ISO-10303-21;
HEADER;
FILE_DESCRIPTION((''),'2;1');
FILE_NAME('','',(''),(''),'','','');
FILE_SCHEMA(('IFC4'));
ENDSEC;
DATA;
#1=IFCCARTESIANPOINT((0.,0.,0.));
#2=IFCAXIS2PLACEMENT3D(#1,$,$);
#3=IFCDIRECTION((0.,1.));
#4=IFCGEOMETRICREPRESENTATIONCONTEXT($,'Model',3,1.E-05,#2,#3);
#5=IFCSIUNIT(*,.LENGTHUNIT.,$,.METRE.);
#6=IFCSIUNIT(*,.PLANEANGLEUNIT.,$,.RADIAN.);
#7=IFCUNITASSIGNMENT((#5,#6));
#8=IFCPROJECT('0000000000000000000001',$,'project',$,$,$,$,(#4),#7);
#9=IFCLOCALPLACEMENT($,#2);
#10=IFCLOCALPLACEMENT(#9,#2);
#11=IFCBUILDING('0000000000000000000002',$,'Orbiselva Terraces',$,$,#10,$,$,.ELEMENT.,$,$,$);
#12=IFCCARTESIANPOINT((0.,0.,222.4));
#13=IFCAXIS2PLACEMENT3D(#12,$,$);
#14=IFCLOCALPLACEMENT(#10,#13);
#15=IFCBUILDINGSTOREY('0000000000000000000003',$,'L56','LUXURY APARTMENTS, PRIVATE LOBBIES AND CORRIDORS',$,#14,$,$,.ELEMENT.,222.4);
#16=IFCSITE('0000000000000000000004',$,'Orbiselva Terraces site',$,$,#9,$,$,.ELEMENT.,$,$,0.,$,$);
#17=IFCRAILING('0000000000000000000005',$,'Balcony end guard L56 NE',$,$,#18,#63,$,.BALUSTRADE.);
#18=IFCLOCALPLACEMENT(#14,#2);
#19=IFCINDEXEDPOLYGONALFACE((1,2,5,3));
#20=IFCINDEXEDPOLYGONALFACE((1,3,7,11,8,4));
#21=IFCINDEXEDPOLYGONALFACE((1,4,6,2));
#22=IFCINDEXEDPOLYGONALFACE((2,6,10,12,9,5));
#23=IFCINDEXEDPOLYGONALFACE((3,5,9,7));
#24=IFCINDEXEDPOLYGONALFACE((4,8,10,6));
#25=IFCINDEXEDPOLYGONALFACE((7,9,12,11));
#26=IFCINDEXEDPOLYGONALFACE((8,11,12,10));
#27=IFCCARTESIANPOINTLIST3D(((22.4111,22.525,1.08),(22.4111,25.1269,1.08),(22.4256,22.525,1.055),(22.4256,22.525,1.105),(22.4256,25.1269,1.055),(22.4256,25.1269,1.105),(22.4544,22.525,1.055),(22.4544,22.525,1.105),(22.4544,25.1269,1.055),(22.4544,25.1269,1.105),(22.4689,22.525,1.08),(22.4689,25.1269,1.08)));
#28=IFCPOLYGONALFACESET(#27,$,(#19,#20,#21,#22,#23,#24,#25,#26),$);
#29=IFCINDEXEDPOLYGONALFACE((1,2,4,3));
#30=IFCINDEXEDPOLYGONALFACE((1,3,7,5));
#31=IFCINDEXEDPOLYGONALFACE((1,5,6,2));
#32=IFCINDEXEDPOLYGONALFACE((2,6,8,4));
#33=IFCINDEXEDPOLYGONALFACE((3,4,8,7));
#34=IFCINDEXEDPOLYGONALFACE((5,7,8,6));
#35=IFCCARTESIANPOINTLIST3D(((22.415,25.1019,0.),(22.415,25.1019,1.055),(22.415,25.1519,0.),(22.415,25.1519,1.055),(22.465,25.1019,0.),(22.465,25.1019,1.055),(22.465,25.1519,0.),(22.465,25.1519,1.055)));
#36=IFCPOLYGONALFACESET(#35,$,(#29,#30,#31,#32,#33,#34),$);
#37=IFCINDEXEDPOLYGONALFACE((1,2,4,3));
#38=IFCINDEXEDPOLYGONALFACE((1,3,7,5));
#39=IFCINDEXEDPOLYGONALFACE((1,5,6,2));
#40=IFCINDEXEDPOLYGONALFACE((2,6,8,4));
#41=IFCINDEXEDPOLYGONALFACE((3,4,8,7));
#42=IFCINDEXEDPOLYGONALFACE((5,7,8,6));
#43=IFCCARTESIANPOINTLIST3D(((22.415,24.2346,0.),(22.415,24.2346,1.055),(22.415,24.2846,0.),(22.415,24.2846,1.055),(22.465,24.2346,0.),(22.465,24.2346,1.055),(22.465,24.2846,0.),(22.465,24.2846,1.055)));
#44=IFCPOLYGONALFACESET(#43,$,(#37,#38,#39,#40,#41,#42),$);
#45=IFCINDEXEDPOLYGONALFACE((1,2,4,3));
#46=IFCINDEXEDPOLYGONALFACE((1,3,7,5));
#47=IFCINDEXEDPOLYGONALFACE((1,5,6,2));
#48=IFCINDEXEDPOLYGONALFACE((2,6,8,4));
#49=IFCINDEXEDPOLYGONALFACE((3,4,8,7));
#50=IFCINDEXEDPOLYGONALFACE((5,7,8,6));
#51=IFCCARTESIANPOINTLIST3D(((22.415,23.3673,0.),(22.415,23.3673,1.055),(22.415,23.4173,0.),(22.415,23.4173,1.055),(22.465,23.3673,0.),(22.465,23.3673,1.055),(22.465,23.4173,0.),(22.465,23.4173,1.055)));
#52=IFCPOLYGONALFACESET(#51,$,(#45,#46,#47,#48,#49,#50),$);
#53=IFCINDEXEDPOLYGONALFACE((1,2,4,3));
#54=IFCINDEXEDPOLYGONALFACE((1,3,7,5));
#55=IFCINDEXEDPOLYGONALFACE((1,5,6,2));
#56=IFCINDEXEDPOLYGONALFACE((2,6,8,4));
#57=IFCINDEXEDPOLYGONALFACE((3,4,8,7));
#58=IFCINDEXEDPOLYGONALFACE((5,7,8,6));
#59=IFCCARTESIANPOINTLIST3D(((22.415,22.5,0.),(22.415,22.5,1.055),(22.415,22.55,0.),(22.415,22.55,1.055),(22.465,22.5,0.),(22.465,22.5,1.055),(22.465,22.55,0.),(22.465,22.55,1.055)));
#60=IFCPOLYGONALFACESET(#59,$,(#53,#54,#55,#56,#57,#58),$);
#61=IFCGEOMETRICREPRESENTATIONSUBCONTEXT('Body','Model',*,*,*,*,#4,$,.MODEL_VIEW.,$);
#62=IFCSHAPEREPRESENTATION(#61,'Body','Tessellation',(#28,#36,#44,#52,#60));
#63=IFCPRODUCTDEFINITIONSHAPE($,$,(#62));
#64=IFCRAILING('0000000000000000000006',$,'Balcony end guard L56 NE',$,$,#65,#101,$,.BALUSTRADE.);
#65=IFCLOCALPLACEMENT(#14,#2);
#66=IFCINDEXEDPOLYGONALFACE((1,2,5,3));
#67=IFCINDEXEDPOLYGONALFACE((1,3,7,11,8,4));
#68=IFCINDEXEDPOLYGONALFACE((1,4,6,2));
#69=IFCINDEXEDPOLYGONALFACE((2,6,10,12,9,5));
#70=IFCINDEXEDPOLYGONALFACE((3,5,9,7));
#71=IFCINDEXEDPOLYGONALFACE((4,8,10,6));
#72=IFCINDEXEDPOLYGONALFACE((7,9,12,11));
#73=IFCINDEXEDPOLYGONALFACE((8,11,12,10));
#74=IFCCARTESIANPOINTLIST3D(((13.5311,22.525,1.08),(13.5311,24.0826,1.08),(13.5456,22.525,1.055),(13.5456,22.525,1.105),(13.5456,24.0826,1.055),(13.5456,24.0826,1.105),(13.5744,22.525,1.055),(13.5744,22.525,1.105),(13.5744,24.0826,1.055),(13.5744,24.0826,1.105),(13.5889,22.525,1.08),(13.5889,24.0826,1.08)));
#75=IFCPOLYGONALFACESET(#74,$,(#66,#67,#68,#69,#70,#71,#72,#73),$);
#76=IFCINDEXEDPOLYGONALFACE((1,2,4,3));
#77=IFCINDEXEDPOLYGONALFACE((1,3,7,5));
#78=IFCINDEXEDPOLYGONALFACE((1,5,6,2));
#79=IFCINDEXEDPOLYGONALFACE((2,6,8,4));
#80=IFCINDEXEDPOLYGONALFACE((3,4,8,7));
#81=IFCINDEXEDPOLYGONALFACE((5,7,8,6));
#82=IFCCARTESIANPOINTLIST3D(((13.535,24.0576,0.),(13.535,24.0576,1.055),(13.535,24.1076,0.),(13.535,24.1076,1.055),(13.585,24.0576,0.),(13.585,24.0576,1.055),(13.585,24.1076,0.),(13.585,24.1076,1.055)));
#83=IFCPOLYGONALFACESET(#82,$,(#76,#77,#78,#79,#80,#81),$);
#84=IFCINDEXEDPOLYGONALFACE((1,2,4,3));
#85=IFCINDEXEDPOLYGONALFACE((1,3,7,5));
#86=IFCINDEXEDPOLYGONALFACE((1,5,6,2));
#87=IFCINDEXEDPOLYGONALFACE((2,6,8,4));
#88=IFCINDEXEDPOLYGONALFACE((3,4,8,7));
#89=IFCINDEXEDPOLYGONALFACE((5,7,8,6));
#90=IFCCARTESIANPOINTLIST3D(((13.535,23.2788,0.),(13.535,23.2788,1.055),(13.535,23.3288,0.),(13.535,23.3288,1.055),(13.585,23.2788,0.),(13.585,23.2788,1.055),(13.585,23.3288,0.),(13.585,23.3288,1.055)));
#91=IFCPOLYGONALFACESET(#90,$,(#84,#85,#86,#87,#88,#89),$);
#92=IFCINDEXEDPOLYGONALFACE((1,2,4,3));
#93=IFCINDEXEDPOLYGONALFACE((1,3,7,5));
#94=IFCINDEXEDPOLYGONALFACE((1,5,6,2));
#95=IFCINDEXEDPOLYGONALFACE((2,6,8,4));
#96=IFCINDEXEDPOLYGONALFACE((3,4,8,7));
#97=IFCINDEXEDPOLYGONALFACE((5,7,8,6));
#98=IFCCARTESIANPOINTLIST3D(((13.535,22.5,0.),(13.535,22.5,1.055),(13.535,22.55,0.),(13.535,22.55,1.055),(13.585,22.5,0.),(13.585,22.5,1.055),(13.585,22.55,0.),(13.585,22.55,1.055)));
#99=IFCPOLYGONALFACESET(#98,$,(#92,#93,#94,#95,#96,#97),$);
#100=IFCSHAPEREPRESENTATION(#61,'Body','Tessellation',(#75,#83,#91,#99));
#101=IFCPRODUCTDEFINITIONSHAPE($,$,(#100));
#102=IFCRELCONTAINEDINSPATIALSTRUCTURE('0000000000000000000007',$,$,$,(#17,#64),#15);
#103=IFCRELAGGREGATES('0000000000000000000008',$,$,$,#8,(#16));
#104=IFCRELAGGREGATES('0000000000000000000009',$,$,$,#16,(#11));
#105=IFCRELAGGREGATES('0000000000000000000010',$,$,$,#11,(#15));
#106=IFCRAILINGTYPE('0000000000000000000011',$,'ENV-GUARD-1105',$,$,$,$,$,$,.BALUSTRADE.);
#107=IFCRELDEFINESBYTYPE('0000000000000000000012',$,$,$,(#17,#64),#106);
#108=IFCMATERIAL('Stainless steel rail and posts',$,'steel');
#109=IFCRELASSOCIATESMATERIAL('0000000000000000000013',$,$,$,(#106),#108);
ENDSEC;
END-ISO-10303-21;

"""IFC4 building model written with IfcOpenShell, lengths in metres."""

from ifc_helpers import new_model, si_unit, direction, frame, origin, origin_2d, place, context, subcontext, project, spatial, polyline, rectangle, outline, extrude, material, type_object, element, save


model = new_model("IFC4")

# Units and contexts
model_context = context("Model", 3, precision=1e-05, world=origin(), true_north=direction((0.0, 1.0)))
body_context = subcontext(model_context, "Body", "Model", "MODEL_VIEW")
ifc_project = project(units=[si_unit("LENGTHUNIT", "METRE"), si_unit("PLANEANGLEUNIT", "RADIAN")], contexts=[model_context])

# Site, building, storey
site_placement = place(None, origin())
site = spatial("IfcSite", under=ifc_project, at=site_placement, Name="Orbiselva Terraces site", CompositionType="ELEMENT", RefElevation=0.0)
building_placement = place(site_placement, origin())
building = spatial("IfcBuilding", under=site, at=building_placement, Name="Orbiselva Terraces", CompositionType="ELEMENT")
storey_placement = place(building_placement, frame((0.0, 0.0, 222.4)))
storey = spatial("IfcBuildingStorey", under=building, at=storey_placement, Name="L56", Description="LUXURY APARTMENTS, PRIVATE LOBBIES AND CORRIDORS", CompositionType="ELEMENT", Elevation=222.4)

# Railings
ifc_material_1 = material(Name="Stainless steel rail and posts", Category="steel")
railing_type_1 = type_object("IfcRailingType", Name="ENV-GUARD-1105", PredefinedType="BALUSTRADE", material=ifc_material_1)
railing_1_placement = place(storey_placement, frame((22.44, 25.1269, 0.0)))
element("IfcRailing", 1, at=railing_1_placement, inside=storey, type_object=railing_type_1, Name="Balcony end guard L56 NE", PredefinedType="BALUSTRADE", context=body_context, shape_type="SweptSolid", body=[
    extrude(outline(polyline([(0.0289, 0.0), (0.0144, 0.025), (-0.0144, 0.025), (-0.0289, 0.0), (-0.0144, -0.025), (0.0144, -0.025), (0.0289, 0.0)])), frame((0.0, 0.0, 1.08), z_axis=(0.0, -1.0, 0.0), x_axis=(1.0, 0.0, 0.0)), (0.0, 0.0, 1.0), 2.6019),
    extrude(rectangle(XDim=0.05, YDim=0.05, at=origin_2d()), origin(), (0.0, 0.0, 1.0), 1.055),
    extrude(rectangle(XDim=0.05, YDim=0.05, at=origin_2d()), frame((0.0, -0.8673, 0.0)), (0.0, 0.0, 1.0), 1.055),
    extrude(rectangle(XDim=0.05, YDim=0.05, at=origin_2d()), frame((0.0, -1.7346, 0.0)), (0.0, 0.0, 1.0), 1.055),
    extrude(rectangle(XDim=0.05, YDim=0.05, at=origin_2d()), frame((0.0, -2.6019, 0.0)), (0.0, 0.0, 1.0), 1.055),
])
railing_2_placement = place(storey_placement, frame((13.56, 24.0826, 0.0)))
element("IfcRailing", 2, at=railing_2_placement, inside=storey, type_object=railing_type_1, Name="Balcony end guard L56 NE", PredefinedType="BALUSTRADE", context=body_context, shape_type="SweptSolid", body=[
    extrude(outline(polyline([(0.0289, 0.0), (0.0144, 0.025), (-0.0144, 0.025), (-0.0289, 0.0), (-0.0144, -0.025), (0.0144, -0.025), (0.0289, 0.0)])), frame((0.0, 0.0, 1.08), z_axis=(0.0, -1.0, 0.0), x_axis=(1.0, 0.0, 0.0)), (0.0, 0.0, 1.0), 1.5576),
    extrude(rectangle(XDim=0.05, YDim=0.05, at=origin_2d()), origin(), (0.0, 0.0, 1.0), 1.055),
    extrude(rectangle(XDim=0.05, YDim=0.05, at=origin_2d()), frame((0.0, -0.7788, 0.0)), (0.0, 0.0, 1.0), 1.055),
    extrude(rectangle(XDim=0.05, YDim=0.05, at=origin_2d()), frame((0.0, -1.5576, 0.0)), (0.0, 0.0, 1.0), 1.055),
])

save(model, "model.ifc")
